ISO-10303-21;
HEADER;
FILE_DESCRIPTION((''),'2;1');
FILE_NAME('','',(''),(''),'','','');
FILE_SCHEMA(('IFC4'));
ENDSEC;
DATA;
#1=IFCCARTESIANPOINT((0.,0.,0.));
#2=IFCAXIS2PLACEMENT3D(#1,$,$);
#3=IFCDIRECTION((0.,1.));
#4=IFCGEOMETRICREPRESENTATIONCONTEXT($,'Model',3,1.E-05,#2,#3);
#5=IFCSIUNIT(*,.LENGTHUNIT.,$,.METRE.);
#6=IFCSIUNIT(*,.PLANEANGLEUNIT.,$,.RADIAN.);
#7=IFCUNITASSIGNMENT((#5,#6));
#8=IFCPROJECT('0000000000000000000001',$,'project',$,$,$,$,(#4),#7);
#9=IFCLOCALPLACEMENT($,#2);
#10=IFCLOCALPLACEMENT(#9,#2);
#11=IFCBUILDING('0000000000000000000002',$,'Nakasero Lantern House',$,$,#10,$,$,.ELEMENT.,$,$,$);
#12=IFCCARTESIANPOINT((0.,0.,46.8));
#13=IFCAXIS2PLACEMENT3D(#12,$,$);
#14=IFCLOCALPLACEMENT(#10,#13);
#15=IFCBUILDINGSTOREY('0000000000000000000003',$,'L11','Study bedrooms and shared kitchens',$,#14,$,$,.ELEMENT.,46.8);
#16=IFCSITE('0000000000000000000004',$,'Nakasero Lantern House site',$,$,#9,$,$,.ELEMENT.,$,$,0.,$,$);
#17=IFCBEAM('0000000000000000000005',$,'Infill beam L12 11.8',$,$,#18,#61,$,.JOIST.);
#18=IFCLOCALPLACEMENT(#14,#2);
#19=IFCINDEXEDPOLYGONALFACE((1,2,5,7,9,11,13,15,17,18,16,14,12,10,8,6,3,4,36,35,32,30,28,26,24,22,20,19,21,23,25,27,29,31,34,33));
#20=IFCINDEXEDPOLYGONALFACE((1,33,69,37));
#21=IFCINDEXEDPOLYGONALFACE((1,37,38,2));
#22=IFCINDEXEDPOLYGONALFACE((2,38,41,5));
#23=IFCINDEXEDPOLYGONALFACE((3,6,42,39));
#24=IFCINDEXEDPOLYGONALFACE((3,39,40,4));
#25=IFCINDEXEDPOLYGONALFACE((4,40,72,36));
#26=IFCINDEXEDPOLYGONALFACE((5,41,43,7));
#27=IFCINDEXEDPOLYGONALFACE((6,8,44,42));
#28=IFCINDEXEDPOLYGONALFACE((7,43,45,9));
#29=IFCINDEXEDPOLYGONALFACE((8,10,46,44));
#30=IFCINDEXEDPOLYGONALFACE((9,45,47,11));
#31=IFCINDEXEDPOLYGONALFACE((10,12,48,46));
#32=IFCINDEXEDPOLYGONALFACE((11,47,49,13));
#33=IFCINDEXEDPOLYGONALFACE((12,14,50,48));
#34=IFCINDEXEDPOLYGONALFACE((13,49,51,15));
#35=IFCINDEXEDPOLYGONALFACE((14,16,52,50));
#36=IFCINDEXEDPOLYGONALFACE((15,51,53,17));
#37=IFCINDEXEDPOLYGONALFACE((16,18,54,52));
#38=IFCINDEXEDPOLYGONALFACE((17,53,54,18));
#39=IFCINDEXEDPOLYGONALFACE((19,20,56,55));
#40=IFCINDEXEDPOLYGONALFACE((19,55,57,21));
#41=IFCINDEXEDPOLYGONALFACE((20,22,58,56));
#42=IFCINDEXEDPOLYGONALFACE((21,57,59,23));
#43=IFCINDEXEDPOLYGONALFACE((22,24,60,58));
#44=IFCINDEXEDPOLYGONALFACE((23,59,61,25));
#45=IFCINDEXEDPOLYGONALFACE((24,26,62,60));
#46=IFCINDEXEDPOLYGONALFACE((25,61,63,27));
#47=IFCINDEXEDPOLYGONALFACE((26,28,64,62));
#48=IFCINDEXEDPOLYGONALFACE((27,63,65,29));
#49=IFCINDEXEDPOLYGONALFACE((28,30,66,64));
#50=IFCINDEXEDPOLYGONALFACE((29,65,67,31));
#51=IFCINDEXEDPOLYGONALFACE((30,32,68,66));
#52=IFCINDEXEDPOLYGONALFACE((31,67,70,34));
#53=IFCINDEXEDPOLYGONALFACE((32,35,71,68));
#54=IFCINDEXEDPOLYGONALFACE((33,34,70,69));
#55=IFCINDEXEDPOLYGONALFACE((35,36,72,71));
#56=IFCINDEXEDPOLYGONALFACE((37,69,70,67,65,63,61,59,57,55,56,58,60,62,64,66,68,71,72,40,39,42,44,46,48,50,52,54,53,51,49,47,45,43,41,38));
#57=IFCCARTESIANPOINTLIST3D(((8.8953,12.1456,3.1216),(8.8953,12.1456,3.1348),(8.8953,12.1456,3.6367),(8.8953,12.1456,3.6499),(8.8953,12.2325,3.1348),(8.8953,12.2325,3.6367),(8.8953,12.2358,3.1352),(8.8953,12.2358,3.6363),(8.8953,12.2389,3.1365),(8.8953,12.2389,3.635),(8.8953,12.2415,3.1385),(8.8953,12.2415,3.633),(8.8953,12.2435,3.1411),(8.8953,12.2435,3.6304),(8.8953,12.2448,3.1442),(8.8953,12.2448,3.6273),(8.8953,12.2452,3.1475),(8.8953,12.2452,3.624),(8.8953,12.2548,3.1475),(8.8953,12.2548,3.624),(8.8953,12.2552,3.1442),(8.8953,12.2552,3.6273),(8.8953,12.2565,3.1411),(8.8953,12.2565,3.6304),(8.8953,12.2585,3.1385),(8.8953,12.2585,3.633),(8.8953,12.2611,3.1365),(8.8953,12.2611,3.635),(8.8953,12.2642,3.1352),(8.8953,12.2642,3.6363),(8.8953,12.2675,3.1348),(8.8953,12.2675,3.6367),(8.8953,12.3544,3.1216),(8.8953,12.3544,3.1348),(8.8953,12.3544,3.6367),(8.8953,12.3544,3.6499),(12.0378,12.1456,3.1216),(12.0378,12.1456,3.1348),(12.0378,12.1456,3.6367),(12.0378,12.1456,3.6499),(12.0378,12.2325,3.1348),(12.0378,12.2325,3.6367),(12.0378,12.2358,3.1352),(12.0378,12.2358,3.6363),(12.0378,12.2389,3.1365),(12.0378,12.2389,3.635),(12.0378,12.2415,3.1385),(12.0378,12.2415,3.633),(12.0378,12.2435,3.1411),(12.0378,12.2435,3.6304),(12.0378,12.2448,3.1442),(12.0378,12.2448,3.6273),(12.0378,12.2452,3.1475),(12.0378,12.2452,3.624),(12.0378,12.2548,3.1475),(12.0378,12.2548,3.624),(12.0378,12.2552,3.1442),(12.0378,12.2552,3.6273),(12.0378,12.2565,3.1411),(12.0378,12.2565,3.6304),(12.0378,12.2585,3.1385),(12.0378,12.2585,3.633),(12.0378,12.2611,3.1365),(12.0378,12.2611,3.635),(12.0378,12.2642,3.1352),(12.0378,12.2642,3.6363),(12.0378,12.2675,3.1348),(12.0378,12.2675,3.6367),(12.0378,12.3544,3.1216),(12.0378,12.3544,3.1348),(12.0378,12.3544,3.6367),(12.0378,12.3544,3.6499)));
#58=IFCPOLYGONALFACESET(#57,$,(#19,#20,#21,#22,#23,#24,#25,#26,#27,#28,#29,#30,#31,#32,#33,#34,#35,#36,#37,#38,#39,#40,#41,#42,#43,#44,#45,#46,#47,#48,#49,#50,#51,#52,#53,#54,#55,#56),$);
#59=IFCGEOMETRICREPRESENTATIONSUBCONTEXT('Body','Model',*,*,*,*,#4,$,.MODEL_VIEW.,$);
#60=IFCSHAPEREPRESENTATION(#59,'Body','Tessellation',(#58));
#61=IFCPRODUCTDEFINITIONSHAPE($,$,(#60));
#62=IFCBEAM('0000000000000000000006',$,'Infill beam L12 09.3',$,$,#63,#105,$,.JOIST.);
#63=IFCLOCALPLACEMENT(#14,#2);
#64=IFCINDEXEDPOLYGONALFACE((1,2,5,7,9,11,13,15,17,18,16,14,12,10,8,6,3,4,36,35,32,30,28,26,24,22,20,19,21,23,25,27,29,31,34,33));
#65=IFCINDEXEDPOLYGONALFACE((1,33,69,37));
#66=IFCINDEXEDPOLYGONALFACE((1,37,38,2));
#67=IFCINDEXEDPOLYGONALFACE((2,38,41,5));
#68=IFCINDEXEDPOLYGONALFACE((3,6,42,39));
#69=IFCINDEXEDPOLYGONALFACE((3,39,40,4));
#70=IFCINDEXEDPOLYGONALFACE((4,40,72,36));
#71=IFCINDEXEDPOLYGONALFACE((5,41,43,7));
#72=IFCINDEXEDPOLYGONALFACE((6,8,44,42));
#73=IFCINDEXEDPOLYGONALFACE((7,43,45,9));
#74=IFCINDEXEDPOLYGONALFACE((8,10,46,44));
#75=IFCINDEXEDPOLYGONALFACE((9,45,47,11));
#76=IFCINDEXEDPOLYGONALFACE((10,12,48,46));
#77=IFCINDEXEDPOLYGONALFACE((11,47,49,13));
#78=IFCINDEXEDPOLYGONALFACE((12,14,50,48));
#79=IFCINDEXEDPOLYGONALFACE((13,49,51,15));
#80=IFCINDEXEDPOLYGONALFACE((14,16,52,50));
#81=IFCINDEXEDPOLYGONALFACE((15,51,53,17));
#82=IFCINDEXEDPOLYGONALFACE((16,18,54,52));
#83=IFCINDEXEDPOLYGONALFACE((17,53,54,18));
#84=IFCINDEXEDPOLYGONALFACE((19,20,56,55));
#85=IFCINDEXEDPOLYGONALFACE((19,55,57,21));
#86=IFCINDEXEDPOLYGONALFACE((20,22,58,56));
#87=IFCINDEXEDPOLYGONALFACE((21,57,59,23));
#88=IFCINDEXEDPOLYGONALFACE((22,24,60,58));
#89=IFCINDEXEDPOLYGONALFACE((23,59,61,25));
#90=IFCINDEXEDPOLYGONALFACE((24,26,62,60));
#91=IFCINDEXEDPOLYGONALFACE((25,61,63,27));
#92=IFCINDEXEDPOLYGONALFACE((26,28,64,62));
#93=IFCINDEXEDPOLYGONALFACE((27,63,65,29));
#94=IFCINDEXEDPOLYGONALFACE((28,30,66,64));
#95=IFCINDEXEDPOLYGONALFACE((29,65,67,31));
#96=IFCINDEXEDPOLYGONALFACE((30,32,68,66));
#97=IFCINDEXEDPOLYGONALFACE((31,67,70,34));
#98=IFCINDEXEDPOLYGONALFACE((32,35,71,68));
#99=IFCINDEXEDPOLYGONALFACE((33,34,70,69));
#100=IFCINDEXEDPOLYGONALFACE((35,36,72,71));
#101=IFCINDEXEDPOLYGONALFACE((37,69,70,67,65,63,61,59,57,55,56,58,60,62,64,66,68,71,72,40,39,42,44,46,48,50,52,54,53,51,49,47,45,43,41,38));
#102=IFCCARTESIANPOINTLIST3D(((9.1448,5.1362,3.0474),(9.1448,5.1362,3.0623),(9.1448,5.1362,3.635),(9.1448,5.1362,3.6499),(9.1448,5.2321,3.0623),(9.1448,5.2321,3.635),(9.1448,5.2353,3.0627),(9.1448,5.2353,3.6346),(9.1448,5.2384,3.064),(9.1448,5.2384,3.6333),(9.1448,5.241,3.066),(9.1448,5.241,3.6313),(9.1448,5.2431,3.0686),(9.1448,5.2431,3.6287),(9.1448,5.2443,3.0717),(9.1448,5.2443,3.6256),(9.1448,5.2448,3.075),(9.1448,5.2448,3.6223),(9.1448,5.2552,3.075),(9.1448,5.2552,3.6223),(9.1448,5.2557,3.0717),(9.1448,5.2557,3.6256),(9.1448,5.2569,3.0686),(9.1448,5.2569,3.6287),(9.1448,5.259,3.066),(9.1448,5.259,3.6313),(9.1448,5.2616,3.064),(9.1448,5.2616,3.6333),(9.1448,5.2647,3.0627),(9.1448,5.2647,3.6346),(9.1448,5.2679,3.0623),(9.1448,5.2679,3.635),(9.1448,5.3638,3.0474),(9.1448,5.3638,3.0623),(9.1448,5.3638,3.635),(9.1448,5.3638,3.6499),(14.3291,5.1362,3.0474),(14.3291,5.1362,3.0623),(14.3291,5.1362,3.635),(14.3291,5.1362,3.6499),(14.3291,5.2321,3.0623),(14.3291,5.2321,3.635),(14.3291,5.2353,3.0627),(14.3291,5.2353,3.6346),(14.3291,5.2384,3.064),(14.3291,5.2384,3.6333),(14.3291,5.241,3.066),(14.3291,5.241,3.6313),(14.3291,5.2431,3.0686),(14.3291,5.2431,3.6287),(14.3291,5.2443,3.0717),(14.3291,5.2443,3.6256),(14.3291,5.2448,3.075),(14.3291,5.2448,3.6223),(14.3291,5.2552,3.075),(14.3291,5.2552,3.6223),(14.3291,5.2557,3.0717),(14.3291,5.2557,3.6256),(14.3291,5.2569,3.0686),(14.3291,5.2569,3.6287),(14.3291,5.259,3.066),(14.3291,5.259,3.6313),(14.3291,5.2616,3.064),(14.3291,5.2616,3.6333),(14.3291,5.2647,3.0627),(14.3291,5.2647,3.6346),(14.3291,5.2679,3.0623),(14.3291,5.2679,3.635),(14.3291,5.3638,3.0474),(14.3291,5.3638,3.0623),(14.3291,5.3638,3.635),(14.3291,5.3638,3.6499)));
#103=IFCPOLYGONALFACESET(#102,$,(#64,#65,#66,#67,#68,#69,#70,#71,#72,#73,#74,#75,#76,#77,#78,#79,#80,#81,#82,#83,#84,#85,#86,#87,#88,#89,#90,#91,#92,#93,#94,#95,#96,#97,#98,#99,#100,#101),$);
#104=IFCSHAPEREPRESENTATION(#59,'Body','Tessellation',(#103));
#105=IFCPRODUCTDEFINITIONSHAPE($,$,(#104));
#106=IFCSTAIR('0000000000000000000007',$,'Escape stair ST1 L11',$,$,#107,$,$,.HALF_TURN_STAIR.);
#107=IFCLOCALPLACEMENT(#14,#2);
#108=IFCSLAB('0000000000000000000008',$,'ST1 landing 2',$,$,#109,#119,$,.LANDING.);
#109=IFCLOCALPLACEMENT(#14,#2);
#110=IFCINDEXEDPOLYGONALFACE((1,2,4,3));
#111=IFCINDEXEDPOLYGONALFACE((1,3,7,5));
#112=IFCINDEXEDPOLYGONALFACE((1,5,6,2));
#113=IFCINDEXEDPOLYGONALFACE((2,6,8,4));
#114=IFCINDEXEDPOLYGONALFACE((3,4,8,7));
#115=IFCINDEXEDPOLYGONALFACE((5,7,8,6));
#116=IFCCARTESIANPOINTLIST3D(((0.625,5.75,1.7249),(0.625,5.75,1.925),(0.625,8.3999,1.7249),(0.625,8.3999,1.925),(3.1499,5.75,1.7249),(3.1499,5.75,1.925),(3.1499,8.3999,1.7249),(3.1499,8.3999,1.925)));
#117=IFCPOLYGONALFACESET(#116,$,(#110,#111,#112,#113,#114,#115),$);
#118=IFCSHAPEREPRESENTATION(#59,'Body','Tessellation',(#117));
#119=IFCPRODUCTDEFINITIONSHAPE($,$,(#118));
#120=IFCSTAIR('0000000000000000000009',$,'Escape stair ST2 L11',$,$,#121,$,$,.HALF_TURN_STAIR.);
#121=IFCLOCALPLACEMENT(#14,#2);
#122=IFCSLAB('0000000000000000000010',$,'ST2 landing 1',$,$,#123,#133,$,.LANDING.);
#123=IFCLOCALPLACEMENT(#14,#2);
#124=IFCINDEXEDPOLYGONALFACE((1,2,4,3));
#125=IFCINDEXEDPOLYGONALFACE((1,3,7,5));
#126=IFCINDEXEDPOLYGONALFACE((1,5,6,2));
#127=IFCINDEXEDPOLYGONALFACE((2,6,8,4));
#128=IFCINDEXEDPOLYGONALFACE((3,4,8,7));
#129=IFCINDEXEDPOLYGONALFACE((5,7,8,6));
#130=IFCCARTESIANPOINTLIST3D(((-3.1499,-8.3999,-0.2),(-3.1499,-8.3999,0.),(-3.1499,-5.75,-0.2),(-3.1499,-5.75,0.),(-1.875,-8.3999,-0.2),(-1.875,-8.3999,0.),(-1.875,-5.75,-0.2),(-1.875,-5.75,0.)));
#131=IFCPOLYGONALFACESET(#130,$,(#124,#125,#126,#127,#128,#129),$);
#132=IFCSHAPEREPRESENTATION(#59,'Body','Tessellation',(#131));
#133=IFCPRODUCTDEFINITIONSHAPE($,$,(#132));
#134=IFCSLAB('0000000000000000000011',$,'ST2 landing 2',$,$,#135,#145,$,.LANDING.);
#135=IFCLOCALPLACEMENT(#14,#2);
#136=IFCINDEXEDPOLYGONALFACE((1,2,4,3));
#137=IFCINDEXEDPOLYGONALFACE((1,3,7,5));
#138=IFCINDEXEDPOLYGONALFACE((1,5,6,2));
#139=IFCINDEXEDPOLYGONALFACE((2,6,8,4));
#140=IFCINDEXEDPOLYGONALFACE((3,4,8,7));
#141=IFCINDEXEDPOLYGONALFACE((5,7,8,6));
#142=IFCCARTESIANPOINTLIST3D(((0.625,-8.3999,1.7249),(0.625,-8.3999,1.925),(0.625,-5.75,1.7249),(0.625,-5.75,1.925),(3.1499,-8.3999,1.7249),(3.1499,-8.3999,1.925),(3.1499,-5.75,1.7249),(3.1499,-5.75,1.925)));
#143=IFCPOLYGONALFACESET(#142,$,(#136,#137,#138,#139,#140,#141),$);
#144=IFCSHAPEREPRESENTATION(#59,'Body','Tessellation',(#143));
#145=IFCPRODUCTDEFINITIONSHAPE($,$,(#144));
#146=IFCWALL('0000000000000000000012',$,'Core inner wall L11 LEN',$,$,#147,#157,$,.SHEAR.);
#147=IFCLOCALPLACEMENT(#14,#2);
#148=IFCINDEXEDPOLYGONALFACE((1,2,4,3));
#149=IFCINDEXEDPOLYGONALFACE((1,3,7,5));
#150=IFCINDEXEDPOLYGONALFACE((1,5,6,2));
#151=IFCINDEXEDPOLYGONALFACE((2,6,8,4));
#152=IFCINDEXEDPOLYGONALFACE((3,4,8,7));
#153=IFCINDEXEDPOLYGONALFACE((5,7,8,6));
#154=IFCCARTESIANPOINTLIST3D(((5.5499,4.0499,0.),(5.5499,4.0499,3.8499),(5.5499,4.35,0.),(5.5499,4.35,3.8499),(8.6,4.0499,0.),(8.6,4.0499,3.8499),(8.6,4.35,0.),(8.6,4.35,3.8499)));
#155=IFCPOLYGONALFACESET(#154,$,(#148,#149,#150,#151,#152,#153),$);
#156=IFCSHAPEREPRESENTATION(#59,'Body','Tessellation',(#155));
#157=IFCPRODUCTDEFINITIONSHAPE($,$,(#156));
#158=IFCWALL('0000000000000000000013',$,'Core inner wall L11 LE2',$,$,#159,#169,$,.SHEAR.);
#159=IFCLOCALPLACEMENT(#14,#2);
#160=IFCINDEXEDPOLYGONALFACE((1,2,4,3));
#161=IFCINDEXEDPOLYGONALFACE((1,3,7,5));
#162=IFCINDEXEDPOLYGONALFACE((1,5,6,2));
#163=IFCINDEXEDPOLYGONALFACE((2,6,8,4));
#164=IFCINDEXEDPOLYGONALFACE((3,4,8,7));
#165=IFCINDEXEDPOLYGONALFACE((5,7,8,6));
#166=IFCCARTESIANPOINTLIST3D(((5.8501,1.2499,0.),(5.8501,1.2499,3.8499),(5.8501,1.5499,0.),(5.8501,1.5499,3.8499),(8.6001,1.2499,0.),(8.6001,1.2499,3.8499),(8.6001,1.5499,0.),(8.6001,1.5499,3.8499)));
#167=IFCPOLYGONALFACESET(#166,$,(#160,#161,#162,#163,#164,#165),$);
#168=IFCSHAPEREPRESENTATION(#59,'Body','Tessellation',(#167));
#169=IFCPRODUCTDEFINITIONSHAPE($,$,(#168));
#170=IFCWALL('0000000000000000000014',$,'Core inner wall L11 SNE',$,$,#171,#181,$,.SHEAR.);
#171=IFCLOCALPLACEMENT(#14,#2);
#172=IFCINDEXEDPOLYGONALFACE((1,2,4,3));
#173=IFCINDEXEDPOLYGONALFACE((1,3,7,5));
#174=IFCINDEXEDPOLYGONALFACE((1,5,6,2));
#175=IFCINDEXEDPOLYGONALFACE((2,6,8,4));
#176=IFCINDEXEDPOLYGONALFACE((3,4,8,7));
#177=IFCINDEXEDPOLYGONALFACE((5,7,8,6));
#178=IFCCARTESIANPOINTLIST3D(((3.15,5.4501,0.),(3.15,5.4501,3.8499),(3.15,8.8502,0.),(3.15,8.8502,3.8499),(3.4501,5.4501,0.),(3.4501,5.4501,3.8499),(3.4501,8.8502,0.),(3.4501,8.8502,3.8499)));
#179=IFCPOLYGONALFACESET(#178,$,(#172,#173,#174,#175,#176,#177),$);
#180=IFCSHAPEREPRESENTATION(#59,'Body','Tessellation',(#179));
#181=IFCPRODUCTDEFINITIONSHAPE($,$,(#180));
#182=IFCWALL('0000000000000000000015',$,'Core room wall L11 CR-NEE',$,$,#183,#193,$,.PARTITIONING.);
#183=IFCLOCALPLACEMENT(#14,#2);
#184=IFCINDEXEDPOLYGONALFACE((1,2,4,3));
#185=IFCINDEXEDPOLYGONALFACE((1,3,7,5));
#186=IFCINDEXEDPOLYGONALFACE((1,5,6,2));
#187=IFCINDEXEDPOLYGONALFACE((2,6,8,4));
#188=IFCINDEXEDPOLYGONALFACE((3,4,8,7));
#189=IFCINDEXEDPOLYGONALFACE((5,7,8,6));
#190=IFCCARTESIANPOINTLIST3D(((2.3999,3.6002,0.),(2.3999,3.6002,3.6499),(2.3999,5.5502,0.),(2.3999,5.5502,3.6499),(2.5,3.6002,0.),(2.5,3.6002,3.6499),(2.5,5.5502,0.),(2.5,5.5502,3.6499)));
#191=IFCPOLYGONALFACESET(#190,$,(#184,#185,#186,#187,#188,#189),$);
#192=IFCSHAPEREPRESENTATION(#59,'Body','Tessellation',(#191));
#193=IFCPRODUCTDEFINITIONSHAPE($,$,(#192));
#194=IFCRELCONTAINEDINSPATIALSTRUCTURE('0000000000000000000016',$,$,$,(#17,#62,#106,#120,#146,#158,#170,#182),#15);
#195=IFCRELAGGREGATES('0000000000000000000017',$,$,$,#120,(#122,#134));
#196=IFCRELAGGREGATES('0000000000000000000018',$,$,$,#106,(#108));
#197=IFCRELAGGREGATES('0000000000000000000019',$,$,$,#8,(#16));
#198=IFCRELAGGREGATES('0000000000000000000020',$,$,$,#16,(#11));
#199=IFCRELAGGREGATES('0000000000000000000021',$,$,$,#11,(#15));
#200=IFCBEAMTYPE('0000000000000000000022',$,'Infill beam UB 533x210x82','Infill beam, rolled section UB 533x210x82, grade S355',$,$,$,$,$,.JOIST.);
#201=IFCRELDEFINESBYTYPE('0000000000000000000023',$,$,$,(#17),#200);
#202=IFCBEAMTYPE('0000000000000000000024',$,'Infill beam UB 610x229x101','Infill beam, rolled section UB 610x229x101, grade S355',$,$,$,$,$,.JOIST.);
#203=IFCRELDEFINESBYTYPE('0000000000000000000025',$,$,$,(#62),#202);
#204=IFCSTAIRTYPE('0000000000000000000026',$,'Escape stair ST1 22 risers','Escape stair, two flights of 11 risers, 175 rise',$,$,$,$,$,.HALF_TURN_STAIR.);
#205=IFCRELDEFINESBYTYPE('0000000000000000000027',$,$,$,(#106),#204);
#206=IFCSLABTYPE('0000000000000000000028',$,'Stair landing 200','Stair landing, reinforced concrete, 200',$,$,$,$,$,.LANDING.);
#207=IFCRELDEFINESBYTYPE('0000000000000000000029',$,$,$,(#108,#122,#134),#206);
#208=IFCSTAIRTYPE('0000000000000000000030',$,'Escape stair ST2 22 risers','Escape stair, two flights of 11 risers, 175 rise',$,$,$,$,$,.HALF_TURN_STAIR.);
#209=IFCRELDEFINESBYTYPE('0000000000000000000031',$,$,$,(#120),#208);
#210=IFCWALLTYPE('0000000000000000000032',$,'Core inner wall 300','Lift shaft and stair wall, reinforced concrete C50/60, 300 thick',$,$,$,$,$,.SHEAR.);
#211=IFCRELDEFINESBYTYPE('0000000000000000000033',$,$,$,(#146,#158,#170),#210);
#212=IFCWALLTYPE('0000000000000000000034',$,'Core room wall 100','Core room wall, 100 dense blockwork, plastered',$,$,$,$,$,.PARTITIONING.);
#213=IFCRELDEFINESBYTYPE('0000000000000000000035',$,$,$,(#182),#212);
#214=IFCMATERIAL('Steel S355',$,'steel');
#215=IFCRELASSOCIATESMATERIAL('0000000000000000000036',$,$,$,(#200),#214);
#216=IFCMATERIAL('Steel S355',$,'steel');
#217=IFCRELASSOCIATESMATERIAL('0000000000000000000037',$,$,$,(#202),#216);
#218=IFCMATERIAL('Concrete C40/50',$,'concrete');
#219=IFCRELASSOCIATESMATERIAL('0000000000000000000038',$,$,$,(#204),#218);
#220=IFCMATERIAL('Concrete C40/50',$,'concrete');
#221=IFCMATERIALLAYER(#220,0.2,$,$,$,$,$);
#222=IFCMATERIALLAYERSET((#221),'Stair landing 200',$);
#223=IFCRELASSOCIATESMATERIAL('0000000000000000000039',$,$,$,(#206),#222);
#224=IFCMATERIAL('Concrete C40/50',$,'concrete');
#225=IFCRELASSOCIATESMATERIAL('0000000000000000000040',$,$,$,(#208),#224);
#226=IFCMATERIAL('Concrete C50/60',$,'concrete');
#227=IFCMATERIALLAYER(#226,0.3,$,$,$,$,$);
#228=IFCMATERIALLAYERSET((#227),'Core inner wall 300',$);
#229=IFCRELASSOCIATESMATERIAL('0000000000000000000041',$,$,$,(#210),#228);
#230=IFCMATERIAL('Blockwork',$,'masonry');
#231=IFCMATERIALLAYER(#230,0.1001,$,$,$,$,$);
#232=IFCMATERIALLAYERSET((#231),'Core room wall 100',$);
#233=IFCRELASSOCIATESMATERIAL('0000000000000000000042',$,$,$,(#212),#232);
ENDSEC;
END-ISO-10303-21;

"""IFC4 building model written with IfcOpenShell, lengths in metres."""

from ifc_helpers import new_model, si_unit, direction, frame, frame_2d, origin, origin_2d, place, context, subcontext, project, spatial, polyline, rectangle, i_section, outline, extrude, material, layer, layer_set, material_profile, profile_set, type_object, element, aggregate, save


model = new_model("IFC4")

# Units and contexts
model_context = context("Model", 3, precision=1e-05, world=origin(), true_north=direction((0.0, 1.0)))
body_context = subcontext(model_context, "Body", "Model", "MODEL_VIEW")
ifc_project = project(units=[si_unit("LENGTHUNIT", "METRE"), si_unit("PLANEANGLEUNIT", "RADIAN")], contexts=[model_context])

# Site, building, storey
site_placement = place(None, origin())
site = spatial("IfcSite", under=ifc_project, at=site_placement, Name="Nakasero Lantern House site", CompositionType="ELEMENT", RefElevation=0.0)
building_placement = place(site_placement, origin())
building = spatial("IfcBuilding", under=site, at=building_placement, Name="Nakasero Lantern House", CompositionType="ELEMENT")
storey_placement = place(building_placement, frame((0.0, 0.0, 46.8)))
storey = spatial("IfcBuildingStorey", under=building, at=storey_placement, Name="L11", Description="Study bedrooms and shared kitchens", CompositionType="ELEMENT", Elevation=46.8)

# Beams
ifc_material_1 = material(Name="Steel S355", Category="steel")
ifc_material_profile_1 = material_profile(ifc_material_1, i_section(OverallWidth=0.2087, OverallDepth=0.5283, WebThickness=0.0095, FlangeThickness=0.0132, FilletRadius=0.0127, at=origin_2d()), Name="UB 533x210x82")
ifc_profile_set_1 = profile_set([ifc_material_profile_1], Name="Steel S355")
beam_type_1 = type_object("IfcBeamType", Name="Infill beam UB 533x210x82", Description="Infill beam, rolled section UB 533x210x82, grade S355", PredefinedType="JOIST", material=ifc_profile_set_1)
beam_1_placement = place(storey_placement, frame((8.8953, 12.25, 3.3857), z_axis=(1.0, 0.0, 0.0), x_axis=(0.0, 1.0, 0.0)))
element("IfcBeam", 1, at=beam_1_placement, inside=storey, type_object=beam_type_1, Name="Infill beam L12 11.8", PredefinedType="JOIST", context=body_context, shape_type="SweptSolid", body=[
    extrude(i_section(OverallWidth=0.2087, OverallDepth=0.5283, WebThickness=0.0095, FlangeThickness=0.0132, FilletRadius=0.0127, at=origin_2d()), origin(), (0.0, 0.0, 1.0), 3.1426),
])
ifc_material_2 = material(Name="Steel S355", Category="steel")
ifc_material_profile_2 = material_profile(ifc_material_2, i_section(OverallWidth=0.2275, OverallDepth=0.6025, WebThickness=0.0105, FlangeThickness=0.0149, FilletRadius=0.0127, at=origin_2d()), Name="UB 610x229x101")
ifc_profile_set_2 = profile_set([ifc_material_profile_2], Name="Steel S355")
beam_type_2 = type_object("IfcBeamType", Name="Infill beam UB 610x229x101", Description="Infill beam, rolled section UB 610x229x101, grade S355", PredefinedType="JOIST", material=ifc_profile_set_2)
beam_2_placement = place(storey_placement, frame((9.1448, 5.25, 3.3486), z_axis=(1.0, 0.0, 0.0), x_axis=(0.0, 1.0, 0.0)))
element("IfcBeam", 2, at=beam_2_placement, inside=storey, type_object=beam_type_2, Name="Infill beam L12 09.3", PredefinedType="JOIST", context=body_context, shape_type="SweptSolid", body=[
    extrude(i_section(OverallWidth=0.2275, OverallDepth=0.6025, WebThickness=0.0105, FlangeThickness=0.0149, FilletRadius=0.0127, at=origin_2d()), origin(), (0.0, 0.0, 1.0), 5.1843),
])

# Stair, slab
ifc_material_3 = material(Name="Concrete C40/50", Category="concrete")
stair_type_1 = type_object("IfcStairType", Name="Escape stair ST1 22 risers", Description="Escape stair, two flights of 11 risers, 175 rise", PredefinedType="HALF_TURN_STAIR", material=ifc_material_3)
stair_1_placement = place(storey_placement, origin())
stair_1 = element("IfcStair", 3, at=stair_1_placement, inside=storey, type_object=stair_type_1, Name="Escape stair ST1 L11", PredefinedType="HALF_TURN_STAIR")
ifc_material_4 = material(Name="Concrete C40/50", Category="concrete")
ifc_layer_1 = layer(ifc_material_4, 0.2)
ifc_layer_set_1 = layer_set([ifc_layer_1], Name="Stair landing 200")
slab_type = type_object("IfcSlabType", Name="Stair landing 200", Description="Stair landing, reinforced concrete, 200", PredefinedType="LANDING", material=ifc_layer_set_1)
slab_1_placement = place(storey_placement, frame((0.0, 0.0, 1.7249)))
slab_1 = element("IfcSlab", 4, at=slab_1_placement, type_object=slab_type, Name="ST1 landing 2", PredefinedType="LANDING", context=body_context, shape_type="SweptSolid", body=[
    extrude(outline(polyline([(0.625, 5.75), (3.1499, 5.75), (3.1499, 8.3999), (0.625, 8.3999), (0.625, 5.75)])), origin(), (0.0, 0.0, 1.0), 0.2002),
])

# Stair, slabs
ifc_material_5 = material(Name="Concrete C40/50", Category="concrete")
stair_type_2 = type_object("IfcStairType", Name="Escape stair ST2 22 risers", Description="Escape stair, two flights of 11 risers, 175 rise", PredefinedType="HALF_TURN_STAIR", material=ifc_material_5)
stair_2_placement = place(storey_placement, origin())
stair_2 = element("IfcStair", 5, at=stair_2_placement, inside=storey, type_object=stair_type_2, Name="Escape stair ST2 L11", PredefinedType="HALF_TURN_STAIR")
slab_2_placement = place(storey_placement, frame((0.0, 0.0, -0.2)))
slab_2 = element("IfcSlab", 6, at=slab_2_placement, type_object=slab_type, Name="ST2 landing 1", PredefinedType="LANDING", context=body_context, shape_type="SweptSolid", body=[
    extrude(outline(polyline([(-3.1499, -8.3999), (-1.875, -8.3999), (-1.875, -5.75), (-3.1499, -5.75), (-3.1499, -8.3999)])), origin(), (0.0, 0.0, 1.0), 0.2),
])
slab_3_placement = place(storey_placement, frame((0.0, 0.0, 1.7249)))
slab_3 = element("IfcSlab", 7, at=slab_3_placement, type_object=slab_type, Name="ST2 landing 2", PredefinedType="LANDING", context=body_context, shape_type="SweptSolid", body=[
    extrude(outline(polyline([(0.625, -8.3999), (3.1499, -8.3999), (3.1499, -5.75), (0.625, -5.75), (0.625, -8.3999)])), origin(), (0.0, 0.0, 1.0), 0.2002),
])
aggregate(stair_2, [slab_2, slab_3])

# Walls
ifc_material_6 = material(Name="Concrete C50/60", Category="concrete")
ifc_layer_2 = layer(ifc_material_6, 0.3)
ifc_layer_set_2 = layer_set([ifc_layer_2], Name="Core inner wall 300")
wall_type_1 = type_object("IfcWallType", Name="Core inner wall 300", Description="Lift shaft and stair wall, reinforced concrete C50/60, 300 thick", PredefinedType="SHEAR", material=ifc_layer_set_2)
wall_1_placement = place(storey_placement, frame((5.55, 4.2, 0.0), z_axis=(0.0, 0.0, 1.0), x_axis=(1.0, 0.0, 0.0)))
element("IfcWall", 8, at=wall_1_placement, inside=storey, type_object=wall_type_1, Name="Core inner wall L11 LEN", PredefinedType="SHEAR", context=body_context, shape_type="SweptSolid", body=[
    extrude(rectangle(XDim=3.05, YDim=0.3, at=frame_2d((1.5249, 0.0))), origin(), (0.0, 0.0, 1.0), 3.8499),
])
wall_2_placement = place(storey_placement, frame((5.8501, 1.3999, 0.0), z_axis=(0.0, 0.0, 1.0), x_axis=(1.0, 0.0, 0.0)))
element("IfcWall", 9, at=wall_2_placement, inside=storey, type_object=wall_type_1, Name="Core inner wall L11 LE2", PredefinedType="SHEAR", context=body_context, shape_type="SweptSolid", body=[
    extrude(rectangle(XDim=2.75, YDim=0.3, at=frame_2d((1.375, 0.0))), origin(), (0.0, 0.0, 1.0), 3.8499),
])
wall_3_placement = place(storey_placement, frame((3.3, 5.45, 0.0), z_axis=(0.0, 0.0, 1.0), x_axis=(0.0, 1.0, 0.0)))
element("IfcWall", 10, at=wall_3_placement, inside=storey, type_object=wall_type_1, Name="Core inner wall L11 SNE", PredefinedType="SHEAR", context=body_context, shape_type="SweptSolid", body=[
    extrude(rectangle(XDim=3.4001, YDim=0.3, at=frame_2d((1.7002, 0.0))), origin(), (0.0, 0.0, 1.0), 3.8499),
])
ifc_material_7 = material(Name="Blockwork", Category="masonry")
ifc_layer_3 = layer(ifc_material_7, 0.1001)
ifc_layer_set_3 = layer_set([ifc_layer_3], Name="Core room wall 100")
wall_type_2 = type_object("IfcWallType", Name="Core room wall 100", Description="Core room wall, 100 dense blockwork, plastered", PredefinedType="PARTITIONING", material=ifc_layer_set_3)
wall_4_placement = place(storey_placement, frame((2.45, 3.6001, 0.0), z_axis=(0.0, 0.0, 1.0), x_axis=(0.0, 1.0, 0.0)))
element("IfcWall", 11, at=wall_4_placement, inside=storey, type_object=wall_type_2, Name="Core room wall L11 CR-NEE", PredefinedType="PARTITIONING", context=body_context, shape_type="SweptSolid", body=[
    extrude(rectangle(XDim=1.95, YDim=0.1001, at=frame_2d((0.9751, 0.0))), origin(), (0.0, 0.0, 1.0), 3.6499),
])

aggregate(stair_1, [slab_1])

save(model, "model.ifc")
